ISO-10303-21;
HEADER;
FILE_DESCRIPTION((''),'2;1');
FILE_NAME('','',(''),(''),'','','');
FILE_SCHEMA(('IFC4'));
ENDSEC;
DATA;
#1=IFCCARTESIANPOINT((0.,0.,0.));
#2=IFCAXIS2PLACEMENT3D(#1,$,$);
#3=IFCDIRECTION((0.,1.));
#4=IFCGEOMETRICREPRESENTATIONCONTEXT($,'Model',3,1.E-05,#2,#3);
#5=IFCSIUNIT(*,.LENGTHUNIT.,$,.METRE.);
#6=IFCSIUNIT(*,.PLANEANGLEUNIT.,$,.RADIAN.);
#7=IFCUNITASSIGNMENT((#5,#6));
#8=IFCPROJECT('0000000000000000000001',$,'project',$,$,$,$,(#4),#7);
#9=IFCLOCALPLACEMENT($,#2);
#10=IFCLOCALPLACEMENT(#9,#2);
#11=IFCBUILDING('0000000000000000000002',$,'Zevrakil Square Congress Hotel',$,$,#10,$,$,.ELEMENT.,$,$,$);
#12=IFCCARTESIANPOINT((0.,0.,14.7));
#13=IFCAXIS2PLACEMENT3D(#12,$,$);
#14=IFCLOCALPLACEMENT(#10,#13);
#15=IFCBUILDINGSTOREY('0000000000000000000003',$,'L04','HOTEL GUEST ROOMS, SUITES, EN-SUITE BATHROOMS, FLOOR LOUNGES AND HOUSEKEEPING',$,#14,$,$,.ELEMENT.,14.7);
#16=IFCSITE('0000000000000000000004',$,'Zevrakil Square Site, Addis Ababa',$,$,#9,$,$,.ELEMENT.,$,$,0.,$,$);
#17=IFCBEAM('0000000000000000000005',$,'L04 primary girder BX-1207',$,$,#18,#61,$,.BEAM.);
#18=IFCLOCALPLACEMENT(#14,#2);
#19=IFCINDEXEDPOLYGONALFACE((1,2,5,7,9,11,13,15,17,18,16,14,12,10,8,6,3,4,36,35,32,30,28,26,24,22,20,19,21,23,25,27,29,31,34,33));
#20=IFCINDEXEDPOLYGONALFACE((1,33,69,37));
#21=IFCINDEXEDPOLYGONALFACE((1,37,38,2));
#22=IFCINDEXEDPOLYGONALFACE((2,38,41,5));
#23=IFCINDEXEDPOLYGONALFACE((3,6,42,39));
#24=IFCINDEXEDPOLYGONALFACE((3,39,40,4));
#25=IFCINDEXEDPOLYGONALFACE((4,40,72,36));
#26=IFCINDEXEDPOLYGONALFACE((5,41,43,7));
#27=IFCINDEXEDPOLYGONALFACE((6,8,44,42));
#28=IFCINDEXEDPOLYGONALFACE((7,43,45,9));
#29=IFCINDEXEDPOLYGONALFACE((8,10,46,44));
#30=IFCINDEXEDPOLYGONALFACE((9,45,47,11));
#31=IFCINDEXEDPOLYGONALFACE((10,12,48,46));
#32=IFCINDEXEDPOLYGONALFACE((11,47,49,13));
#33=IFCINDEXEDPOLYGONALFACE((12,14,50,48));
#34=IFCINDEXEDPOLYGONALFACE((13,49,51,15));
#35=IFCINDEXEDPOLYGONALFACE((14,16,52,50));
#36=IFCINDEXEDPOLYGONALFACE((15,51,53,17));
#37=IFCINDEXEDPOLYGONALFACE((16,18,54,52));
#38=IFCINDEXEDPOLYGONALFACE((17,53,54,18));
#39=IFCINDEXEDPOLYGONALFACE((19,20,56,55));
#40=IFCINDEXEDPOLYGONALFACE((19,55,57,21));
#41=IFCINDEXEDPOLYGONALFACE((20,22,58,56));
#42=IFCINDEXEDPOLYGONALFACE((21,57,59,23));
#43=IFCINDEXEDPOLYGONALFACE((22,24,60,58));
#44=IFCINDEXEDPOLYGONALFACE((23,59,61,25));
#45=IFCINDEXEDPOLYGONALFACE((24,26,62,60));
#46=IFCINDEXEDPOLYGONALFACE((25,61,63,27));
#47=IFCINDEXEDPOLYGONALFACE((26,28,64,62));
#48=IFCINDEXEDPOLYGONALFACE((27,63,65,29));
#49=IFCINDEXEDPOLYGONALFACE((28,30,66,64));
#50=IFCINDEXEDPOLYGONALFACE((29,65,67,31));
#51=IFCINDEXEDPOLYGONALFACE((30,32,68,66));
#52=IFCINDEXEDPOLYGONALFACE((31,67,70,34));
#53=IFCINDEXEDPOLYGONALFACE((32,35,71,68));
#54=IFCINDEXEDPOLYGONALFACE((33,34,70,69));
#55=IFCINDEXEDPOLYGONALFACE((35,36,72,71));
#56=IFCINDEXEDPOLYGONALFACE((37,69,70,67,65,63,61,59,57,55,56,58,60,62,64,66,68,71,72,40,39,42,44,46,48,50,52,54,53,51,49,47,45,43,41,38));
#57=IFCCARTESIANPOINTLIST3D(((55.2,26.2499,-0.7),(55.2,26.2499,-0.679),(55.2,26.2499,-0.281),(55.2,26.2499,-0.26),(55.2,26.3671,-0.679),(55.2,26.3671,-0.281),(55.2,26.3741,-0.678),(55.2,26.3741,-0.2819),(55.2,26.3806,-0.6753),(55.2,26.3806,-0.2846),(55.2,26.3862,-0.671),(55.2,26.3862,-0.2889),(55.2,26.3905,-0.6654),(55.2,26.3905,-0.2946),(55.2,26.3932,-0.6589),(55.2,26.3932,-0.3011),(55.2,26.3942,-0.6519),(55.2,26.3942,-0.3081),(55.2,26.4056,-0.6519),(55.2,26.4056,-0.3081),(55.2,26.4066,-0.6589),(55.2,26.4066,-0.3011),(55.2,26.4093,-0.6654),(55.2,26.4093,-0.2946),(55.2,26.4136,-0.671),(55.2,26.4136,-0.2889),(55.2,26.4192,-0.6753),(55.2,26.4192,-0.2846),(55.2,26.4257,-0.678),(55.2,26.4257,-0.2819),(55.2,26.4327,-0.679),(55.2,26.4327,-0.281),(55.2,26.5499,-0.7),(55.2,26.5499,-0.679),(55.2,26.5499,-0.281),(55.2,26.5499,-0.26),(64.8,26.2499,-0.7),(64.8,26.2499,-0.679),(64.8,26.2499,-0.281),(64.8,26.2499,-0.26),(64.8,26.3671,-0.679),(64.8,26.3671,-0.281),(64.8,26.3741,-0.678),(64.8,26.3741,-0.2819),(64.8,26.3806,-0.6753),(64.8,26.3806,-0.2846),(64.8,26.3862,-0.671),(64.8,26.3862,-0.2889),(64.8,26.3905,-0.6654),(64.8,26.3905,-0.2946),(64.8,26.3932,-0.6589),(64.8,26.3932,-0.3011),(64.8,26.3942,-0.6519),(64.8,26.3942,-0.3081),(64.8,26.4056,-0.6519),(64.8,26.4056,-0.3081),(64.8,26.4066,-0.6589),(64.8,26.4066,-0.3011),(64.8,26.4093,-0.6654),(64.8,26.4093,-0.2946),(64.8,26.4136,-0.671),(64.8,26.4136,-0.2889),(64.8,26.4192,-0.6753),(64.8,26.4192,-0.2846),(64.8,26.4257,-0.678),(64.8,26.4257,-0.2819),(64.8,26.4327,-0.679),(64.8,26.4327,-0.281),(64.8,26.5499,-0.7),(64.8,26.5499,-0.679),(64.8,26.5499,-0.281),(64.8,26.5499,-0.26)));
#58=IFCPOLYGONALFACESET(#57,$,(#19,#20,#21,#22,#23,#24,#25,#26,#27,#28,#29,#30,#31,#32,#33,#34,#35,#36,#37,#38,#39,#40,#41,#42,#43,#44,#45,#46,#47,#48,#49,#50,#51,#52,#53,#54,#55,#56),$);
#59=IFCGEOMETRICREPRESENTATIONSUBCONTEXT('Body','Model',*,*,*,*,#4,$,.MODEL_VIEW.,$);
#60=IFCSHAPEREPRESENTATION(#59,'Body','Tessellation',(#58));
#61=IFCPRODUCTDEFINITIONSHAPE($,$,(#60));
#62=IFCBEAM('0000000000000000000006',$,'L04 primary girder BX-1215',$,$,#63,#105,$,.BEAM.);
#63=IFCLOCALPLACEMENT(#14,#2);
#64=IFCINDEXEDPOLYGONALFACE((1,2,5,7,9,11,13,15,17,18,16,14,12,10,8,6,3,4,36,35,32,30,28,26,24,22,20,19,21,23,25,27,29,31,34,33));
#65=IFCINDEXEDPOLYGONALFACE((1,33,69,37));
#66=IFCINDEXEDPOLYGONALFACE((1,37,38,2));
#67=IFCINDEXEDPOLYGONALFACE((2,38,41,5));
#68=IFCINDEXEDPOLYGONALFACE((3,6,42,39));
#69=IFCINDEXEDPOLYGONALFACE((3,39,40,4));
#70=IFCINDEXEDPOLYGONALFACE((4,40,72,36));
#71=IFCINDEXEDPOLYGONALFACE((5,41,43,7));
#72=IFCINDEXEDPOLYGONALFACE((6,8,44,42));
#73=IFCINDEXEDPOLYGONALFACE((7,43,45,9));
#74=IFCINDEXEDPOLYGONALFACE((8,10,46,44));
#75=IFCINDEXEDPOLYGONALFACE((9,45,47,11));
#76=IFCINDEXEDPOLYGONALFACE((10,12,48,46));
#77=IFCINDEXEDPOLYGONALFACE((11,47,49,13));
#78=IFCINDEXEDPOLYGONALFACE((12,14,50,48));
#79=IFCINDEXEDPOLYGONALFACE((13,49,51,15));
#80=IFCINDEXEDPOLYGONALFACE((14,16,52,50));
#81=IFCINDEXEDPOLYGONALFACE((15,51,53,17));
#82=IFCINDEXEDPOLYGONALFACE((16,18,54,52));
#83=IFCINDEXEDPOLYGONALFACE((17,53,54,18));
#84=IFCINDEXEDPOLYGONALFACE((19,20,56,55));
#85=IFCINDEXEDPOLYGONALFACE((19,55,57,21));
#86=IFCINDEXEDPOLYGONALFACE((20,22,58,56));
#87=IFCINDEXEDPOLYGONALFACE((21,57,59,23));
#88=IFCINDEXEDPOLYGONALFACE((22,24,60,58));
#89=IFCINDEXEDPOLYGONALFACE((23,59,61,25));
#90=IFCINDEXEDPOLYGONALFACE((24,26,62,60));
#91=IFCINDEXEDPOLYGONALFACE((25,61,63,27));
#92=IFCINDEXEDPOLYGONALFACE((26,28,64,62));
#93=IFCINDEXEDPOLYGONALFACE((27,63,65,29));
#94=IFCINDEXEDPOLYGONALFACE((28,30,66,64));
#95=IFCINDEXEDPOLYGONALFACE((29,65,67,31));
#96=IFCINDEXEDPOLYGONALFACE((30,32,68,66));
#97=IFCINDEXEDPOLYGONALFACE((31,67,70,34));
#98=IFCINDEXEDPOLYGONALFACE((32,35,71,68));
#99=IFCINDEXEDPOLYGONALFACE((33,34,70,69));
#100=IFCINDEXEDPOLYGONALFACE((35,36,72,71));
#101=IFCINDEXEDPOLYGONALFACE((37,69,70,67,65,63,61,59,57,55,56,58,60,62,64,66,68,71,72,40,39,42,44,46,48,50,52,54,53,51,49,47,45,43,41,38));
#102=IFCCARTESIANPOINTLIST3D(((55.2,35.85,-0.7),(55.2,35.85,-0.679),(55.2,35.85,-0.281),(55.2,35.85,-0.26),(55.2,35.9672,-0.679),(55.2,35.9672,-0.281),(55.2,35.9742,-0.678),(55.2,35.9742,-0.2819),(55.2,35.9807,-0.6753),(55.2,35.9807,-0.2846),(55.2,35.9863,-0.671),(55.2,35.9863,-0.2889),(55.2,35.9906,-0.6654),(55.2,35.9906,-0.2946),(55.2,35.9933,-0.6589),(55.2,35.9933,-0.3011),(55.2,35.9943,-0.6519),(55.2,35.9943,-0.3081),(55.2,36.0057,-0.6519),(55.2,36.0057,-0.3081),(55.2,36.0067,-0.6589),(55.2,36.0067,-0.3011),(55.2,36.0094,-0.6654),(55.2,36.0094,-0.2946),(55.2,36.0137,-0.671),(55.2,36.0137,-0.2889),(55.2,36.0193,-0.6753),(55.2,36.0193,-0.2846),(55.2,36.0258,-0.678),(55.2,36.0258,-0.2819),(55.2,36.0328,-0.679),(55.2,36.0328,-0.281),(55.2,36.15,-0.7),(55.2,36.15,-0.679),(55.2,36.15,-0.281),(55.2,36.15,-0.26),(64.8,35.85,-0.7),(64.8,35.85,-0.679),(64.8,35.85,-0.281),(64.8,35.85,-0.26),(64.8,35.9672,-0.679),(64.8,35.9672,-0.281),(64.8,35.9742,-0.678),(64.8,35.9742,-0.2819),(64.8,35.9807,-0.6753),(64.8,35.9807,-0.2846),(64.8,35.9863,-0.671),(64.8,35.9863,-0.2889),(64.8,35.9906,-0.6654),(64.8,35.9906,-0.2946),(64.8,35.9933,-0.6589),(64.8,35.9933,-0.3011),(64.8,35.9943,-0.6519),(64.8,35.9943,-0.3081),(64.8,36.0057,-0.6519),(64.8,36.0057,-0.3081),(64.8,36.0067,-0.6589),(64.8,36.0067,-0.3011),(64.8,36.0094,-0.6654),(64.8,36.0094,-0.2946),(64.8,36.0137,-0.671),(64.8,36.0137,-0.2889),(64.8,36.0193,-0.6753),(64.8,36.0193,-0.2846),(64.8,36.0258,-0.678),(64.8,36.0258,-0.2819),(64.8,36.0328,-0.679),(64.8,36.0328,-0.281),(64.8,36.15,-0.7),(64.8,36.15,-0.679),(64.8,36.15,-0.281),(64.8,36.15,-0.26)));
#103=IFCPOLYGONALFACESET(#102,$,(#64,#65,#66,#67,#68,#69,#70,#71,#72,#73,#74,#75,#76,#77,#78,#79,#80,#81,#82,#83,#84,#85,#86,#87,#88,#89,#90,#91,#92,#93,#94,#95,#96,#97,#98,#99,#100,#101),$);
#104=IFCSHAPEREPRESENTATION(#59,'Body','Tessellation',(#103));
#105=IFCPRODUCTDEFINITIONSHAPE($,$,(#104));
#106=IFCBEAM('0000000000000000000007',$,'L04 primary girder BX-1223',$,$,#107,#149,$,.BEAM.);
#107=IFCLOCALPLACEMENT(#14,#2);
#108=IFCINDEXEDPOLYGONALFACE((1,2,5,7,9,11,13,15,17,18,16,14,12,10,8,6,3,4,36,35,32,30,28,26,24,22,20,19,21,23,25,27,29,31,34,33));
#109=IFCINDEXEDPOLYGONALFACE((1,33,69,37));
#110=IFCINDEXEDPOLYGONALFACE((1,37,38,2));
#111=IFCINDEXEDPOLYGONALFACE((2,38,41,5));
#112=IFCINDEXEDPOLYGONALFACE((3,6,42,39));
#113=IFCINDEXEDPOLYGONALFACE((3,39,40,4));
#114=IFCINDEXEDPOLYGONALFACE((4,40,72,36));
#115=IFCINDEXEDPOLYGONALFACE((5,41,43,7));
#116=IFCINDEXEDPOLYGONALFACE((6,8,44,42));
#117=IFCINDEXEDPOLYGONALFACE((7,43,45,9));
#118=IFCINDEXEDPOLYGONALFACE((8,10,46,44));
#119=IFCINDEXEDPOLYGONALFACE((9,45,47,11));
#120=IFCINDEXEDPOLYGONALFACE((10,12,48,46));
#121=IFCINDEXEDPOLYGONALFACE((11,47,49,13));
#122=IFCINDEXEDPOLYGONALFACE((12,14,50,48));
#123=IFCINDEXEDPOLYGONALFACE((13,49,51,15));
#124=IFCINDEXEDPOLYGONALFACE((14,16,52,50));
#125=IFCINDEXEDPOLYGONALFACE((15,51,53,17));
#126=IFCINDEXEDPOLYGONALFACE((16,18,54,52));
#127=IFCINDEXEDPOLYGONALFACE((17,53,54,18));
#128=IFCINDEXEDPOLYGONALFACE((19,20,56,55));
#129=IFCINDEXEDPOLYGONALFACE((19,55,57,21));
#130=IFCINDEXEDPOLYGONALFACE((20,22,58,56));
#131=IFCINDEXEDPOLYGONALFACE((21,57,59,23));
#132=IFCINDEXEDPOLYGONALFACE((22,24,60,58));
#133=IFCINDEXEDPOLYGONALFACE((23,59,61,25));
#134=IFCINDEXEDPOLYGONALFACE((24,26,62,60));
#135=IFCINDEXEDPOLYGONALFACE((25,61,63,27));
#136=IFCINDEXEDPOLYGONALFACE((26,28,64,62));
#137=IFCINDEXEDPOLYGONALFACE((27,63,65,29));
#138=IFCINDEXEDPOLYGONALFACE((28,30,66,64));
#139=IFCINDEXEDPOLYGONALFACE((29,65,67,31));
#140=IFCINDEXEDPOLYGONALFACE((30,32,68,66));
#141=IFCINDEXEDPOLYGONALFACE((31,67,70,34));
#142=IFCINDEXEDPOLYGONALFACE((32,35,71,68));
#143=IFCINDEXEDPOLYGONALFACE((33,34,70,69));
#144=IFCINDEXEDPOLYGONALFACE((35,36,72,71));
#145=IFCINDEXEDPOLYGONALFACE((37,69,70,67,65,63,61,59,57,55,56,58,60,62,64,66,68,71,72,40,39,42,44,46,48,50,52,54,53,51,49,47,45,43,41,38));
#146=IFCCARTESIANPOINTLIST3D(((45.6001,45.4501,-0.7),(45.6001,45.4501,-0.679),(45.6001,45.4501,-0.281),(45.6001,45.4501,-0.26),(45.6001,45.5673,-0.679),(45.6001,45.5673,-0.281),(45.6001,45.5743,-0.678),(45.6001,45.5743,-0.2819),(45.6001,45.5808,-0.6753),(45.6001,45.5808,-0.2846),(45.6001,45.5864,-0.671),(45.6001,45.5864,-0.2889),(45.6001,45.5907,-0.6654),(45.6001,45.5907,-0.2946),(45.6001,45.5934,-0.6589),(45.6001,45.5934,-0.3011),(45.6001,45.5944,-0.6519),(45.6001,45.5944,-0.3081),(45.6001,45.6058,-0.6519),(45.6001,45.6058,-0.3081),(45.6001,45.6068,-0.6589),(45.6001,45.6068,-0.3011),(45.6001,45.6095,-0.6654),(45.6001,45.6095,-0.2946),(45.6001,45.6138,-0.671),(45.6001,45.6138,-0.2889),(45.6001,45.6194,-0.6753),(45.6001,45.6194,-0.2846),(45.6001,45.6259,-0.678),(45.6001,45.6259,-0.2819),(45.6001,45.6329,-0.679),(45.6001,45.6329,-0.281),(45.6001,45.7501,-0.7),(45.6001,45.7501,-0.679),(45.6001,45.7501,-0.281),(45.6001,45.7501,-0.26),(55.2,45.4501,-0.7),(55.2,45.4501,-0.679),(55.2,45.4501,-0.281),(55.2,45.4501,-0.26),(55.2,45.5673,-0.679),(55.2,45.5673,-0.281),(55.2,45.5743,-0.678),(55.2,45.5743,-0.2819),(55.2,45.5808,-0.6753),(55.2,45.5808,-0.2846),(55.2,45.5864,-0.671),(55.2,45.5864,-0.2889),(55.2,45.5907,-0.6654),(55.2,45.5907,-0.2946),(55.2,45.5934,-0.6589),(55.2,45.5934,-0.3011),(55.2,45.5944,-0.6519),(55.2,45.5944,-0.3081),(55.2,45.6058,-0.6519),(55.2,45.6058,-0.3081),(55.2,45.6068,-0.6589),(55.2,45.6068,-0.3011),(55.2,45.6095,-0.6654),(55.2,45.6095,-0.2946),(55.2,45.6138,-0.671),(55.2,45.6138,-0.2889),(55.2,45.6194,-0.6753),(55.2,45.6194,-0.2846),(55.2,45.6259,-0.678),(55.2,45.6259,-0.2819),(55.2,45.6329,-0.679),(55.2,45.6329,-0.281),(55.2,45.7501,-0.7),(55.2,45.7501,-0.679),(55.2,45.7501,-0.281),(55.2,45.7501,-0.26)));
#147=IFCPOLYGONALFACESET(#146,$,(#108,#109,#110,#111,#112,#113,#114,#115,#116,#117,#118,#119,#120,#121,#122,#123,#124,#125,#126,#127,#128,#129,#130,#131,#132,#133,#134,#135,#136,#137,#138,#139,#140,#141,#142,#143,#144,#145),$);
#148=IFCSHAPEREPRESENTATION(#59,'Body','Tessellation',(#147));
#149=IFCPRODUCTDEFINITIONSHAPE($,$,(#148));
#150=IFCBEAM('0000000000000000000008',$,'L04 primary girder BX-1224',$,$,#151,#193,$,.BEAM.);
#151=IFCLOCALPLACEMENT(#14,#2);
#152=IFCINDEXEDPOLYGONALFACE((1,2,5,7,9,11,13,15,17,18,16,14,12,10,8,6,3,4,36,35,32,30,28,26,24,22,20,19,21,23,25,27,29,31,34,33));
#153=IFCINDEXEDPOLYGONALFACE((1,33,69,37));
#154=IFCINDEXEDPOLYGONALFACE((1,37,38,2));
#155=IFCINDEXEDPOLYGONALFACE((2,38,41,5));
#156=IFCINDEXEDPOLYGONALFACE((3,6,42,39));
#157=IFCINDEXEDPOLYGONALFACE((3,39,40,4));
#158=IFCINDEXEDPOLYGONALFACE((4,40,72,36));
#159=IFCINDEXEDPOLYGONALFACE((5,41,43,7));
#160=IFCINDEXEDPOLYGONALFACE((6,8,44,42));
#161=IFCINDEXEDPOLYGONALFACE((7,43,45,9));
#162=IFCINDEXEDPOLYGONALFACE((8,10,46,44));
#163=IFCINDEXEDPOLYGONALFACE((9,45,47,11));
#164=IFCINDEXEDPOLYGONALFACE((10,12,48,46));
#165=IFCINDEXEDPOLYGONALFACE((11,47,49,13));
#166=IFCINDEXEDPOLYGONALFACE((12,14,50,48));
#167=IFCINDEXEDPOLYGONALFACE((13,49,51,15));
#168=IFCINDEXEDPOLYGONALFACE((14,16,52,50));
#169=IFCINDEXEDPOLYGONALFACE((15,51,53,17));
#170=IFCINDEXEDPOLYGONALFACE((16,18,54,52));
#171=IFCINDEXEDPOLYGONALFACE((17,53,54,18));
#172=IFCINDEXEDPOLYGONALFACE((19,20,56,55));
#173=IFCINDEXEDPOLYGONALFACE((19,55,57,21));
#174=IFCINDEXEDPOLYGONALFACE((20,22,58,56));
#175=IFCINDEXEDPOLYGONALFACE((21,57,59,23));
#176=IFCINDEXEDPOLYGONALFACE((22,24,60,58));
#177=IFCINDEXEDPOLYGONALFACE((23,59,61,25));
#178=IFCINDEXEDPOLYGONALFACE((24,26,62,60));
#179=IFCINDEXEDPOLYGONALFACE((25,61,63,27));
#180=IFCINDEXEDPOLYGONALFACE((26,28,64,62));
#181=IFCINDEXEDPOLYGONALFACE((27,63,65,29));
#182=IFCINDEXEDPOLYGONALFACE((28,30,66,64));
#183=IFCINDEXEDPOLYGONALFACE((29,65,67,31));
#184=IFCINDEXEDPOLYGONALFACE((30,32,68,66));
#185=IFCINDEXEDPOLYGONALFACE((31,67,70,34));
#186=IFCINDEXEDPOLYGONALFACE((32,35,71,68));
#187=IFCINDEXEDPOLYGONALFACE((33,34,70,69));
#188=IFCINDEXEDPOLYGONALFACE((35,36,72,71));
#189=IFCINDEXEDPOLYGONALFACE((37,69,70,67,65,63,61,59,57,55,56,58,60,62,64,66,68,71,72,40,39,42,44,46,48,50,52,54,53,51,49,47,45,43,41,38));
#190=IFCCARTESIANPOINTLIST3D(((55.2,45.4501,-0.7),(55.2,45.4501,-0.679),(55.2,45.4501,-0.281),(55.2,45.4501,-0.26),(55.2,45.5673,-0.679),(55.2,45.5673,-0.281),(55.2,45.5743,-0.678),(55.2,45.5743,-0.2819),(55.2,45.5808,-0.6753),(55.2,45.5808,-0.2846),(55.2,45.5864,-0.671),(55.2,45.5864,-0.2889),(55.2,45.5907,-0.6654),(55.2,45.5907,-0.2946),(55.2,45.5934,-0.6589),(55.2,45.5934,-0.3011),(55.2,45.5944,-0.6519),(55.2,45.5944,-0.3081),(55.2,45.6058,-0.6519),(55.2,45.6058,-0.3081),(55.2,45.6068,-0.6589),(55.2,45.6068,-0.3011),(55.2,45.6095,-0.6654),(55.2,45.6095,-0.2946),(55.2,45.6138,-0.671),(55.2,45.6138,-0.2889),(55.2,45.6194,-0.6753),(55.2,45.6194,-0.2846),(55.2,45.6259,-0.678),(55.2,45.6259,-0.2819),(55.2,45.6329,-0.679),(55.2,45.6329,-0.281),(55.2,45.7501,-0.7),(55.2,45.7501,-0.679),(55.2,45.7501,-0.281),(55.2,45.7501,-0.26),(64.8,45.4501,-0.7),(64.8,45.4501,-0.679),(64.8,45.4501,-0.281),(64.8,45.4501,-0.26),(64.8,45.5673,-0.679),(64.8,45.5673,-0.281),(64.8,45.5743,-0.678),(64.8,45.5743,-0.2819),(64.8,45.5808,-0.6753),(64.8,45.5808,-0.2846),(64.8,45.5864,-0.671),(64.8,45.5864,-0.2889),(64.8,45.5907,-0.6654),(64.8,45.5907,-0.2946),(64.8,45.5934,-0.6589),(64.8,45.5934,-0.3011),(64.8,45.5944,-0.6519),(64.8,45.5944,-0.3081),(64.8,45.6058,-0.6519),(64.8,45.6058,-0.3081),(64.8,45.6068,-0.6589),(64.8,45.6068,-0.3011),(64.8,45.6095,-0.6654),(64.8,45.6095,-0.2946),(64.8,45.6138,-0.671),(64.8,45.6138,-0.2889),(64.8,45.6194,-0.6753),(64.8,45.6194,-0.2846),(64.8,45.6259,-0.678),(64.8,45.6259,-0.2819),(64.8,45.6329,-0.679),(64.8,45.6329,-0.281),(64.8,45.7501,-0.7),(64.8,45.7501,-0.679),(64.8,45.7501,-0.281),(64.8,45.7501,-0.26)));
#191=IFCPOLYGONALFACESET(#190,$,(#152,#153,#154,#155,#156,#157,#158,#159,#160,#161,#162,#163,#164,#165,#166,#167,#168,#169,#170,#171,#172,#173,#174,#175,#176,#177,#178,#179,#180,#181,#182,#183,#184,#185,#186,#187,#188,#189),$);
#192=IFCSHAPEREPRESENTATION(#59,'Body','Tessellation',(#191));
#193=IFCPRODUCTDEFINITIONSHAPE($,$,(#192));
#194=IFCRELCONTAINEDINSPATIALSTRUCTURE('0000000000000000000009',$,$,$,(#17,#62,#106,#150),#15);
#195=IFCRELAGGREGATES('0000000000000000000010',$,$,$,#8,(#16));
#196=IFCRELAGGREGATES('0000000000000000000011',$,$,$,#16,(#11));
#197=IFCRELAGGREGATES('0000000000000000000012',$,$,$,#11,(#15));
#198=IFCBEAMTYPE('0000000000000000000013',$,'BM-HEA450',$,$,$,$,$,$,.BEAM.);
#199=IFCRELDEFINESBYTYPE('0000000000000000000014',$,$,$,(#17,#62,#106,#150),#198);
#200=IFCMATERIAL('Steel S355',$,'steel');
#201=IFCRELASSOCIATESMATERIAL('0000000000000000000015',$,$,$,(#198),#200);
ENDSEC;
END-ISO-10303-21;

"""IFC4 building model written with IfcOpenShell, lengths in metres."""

from ifc_helpers import new_model, si_unit, direction, frame, origin, origin_2d, place, context, subcontext, project, spatial, i_section, extrude, material, material_profile, profile_set, type_object, element, save


model = new_model("IFC4")

# Units and contexts
model_context = context("Model", 3, precision=1e-05, world=origin(), true_north=direction((0.0, 1.0)))
body_context = subcontext(model_context, "Body", "Model", "MODEL_VIEW")
ifc_project = project(units=[si_unit("LENGTHUNIT", "METRE"), si_unit("PLANEANGLEUNIT", "RADIAN")], contexts=[model_context])

# Site, building, storey
site_placement = place(None, origin())
site = spatial("IfcSite", under=ifc_project, at=site_placement, Name="Zevrakil Square Site, Addis Ababa", CompositionType="ELEMENT", RefElevation=0.0)
building_placement = place(site_placement, origin())
building = spatial("IfcBuilding", under=site, at=building_placement, Name="Zevrakil Square Congress Hotel", CompositionType="ELEMENT")
storey_placement = place(building_placement, frame((0.0, 0.0, 14.7)))
storey = spatial("IfcBuildingStorey", under=building, at=storey_placement, Name="L04", Description="HOTEL GUEST ROOMS, SUITES, EN-SUITE BATHROOMS, FLOOR LOUNGES AND HOUSEKEEPING", CompositionType="ELEMENT", Elevation=14.7)

# Beams
ifc_material_1 = material(Name="Steel S355", Category="steel")
ifc_material_profile_1 = material_profile(ifc_material_1, i_section(OverallWidth=0.3, OverallDepth=0.4399, WebThickness=0.0115, FlangeThickness=0.021, FilletRadius=0.0271, at=origin_2d()), Name="HEA 450")
ifc_profile_set_1 = profile_set([ifc_material_profile_1], Name="Steel S355")
beam_type_1 = type_object("IfcBeamType", Name="BM-HEA450", PredefinedType="BEAM", material=ifc_profile_set_1)
for number, where, z_axis, x_axis, name in (
    (1, (55.2, 26.3999, -0.48), (1.0, 0.0, 0.0), (0.0, 1.0, 0.0), "L04 primary girder BX-1207"),
    (2, (55.2, 36.0, -0.48), (1.0, 0.0, 0.0), (0.0, 1.0, 0.0), "L04 primary girder BX-1215"),
):
    element("IfcBeam", number, at=place(storey_placement, frame(where, z_axis=z_axis, x_axis=x_axis)), inside=storey, type_object=beam_type_1, Name=name, PredefinedType="BEAM", context=body_context, shape_type="SweptSolid", body=[
        extrude(i_section(OverallWidth=0.3, OverallDepth=0.4399, WebThickness=0.0115, FlangeThickness=0.021, FilletRadius=0.0271, at=origin_2d()), origin(), (0.0, 0.0, 1.0), 9.6001),
    ])
beam_1_placement = place(storey_placement, frame((45.6001, 45.6001, -0.48), z_axis=(1.0, 0.0, 0.0), x_axis=(0.0, 1.0, 0.0)))
element("IfcBeam", 3, at=beam_1_placement, inside=storey, type_object=beam_type_1, Name="L04 primary girder BX-1223", PredefinedType="BEAM", context=body_context, shape_type="SweptSolid", body=[
    extrude(i_section(OverallWidth=0.3, OverallDepth=0.4399, WebThickness=0.0115, FlangeThickness=0.021, FilletRadius=0.0271, at=origin_2d()), origin(), (0.0, 0.0, 1.0), 9.5999),
])
beam_2_placement = place(storey_placement, frame((55.2, 45.6001, -0.48), z_axis=(1.0, 0.0, 0.0), x_axis=(0.0, 1.0, 0.0)))
element("IfcBeam", 4, at=beam_2_placement, inside=storey, type_object=beam_type_1, Name="L04 primary girder BX-1224", PredefinedType="BEAM", context=body_context, shape_type="SweptSolid", body=[
    extrude(i_section(OverallWidth=0.3, OverallDepth=0.4399, WebThickness=0.0115, FlangeThickness=0.021, FilletRadius=0.0271, at=origin_2d()), origin(), (0.0, 0.0, 1.0), 9.6001),
])

save(model, "model.ifc")
